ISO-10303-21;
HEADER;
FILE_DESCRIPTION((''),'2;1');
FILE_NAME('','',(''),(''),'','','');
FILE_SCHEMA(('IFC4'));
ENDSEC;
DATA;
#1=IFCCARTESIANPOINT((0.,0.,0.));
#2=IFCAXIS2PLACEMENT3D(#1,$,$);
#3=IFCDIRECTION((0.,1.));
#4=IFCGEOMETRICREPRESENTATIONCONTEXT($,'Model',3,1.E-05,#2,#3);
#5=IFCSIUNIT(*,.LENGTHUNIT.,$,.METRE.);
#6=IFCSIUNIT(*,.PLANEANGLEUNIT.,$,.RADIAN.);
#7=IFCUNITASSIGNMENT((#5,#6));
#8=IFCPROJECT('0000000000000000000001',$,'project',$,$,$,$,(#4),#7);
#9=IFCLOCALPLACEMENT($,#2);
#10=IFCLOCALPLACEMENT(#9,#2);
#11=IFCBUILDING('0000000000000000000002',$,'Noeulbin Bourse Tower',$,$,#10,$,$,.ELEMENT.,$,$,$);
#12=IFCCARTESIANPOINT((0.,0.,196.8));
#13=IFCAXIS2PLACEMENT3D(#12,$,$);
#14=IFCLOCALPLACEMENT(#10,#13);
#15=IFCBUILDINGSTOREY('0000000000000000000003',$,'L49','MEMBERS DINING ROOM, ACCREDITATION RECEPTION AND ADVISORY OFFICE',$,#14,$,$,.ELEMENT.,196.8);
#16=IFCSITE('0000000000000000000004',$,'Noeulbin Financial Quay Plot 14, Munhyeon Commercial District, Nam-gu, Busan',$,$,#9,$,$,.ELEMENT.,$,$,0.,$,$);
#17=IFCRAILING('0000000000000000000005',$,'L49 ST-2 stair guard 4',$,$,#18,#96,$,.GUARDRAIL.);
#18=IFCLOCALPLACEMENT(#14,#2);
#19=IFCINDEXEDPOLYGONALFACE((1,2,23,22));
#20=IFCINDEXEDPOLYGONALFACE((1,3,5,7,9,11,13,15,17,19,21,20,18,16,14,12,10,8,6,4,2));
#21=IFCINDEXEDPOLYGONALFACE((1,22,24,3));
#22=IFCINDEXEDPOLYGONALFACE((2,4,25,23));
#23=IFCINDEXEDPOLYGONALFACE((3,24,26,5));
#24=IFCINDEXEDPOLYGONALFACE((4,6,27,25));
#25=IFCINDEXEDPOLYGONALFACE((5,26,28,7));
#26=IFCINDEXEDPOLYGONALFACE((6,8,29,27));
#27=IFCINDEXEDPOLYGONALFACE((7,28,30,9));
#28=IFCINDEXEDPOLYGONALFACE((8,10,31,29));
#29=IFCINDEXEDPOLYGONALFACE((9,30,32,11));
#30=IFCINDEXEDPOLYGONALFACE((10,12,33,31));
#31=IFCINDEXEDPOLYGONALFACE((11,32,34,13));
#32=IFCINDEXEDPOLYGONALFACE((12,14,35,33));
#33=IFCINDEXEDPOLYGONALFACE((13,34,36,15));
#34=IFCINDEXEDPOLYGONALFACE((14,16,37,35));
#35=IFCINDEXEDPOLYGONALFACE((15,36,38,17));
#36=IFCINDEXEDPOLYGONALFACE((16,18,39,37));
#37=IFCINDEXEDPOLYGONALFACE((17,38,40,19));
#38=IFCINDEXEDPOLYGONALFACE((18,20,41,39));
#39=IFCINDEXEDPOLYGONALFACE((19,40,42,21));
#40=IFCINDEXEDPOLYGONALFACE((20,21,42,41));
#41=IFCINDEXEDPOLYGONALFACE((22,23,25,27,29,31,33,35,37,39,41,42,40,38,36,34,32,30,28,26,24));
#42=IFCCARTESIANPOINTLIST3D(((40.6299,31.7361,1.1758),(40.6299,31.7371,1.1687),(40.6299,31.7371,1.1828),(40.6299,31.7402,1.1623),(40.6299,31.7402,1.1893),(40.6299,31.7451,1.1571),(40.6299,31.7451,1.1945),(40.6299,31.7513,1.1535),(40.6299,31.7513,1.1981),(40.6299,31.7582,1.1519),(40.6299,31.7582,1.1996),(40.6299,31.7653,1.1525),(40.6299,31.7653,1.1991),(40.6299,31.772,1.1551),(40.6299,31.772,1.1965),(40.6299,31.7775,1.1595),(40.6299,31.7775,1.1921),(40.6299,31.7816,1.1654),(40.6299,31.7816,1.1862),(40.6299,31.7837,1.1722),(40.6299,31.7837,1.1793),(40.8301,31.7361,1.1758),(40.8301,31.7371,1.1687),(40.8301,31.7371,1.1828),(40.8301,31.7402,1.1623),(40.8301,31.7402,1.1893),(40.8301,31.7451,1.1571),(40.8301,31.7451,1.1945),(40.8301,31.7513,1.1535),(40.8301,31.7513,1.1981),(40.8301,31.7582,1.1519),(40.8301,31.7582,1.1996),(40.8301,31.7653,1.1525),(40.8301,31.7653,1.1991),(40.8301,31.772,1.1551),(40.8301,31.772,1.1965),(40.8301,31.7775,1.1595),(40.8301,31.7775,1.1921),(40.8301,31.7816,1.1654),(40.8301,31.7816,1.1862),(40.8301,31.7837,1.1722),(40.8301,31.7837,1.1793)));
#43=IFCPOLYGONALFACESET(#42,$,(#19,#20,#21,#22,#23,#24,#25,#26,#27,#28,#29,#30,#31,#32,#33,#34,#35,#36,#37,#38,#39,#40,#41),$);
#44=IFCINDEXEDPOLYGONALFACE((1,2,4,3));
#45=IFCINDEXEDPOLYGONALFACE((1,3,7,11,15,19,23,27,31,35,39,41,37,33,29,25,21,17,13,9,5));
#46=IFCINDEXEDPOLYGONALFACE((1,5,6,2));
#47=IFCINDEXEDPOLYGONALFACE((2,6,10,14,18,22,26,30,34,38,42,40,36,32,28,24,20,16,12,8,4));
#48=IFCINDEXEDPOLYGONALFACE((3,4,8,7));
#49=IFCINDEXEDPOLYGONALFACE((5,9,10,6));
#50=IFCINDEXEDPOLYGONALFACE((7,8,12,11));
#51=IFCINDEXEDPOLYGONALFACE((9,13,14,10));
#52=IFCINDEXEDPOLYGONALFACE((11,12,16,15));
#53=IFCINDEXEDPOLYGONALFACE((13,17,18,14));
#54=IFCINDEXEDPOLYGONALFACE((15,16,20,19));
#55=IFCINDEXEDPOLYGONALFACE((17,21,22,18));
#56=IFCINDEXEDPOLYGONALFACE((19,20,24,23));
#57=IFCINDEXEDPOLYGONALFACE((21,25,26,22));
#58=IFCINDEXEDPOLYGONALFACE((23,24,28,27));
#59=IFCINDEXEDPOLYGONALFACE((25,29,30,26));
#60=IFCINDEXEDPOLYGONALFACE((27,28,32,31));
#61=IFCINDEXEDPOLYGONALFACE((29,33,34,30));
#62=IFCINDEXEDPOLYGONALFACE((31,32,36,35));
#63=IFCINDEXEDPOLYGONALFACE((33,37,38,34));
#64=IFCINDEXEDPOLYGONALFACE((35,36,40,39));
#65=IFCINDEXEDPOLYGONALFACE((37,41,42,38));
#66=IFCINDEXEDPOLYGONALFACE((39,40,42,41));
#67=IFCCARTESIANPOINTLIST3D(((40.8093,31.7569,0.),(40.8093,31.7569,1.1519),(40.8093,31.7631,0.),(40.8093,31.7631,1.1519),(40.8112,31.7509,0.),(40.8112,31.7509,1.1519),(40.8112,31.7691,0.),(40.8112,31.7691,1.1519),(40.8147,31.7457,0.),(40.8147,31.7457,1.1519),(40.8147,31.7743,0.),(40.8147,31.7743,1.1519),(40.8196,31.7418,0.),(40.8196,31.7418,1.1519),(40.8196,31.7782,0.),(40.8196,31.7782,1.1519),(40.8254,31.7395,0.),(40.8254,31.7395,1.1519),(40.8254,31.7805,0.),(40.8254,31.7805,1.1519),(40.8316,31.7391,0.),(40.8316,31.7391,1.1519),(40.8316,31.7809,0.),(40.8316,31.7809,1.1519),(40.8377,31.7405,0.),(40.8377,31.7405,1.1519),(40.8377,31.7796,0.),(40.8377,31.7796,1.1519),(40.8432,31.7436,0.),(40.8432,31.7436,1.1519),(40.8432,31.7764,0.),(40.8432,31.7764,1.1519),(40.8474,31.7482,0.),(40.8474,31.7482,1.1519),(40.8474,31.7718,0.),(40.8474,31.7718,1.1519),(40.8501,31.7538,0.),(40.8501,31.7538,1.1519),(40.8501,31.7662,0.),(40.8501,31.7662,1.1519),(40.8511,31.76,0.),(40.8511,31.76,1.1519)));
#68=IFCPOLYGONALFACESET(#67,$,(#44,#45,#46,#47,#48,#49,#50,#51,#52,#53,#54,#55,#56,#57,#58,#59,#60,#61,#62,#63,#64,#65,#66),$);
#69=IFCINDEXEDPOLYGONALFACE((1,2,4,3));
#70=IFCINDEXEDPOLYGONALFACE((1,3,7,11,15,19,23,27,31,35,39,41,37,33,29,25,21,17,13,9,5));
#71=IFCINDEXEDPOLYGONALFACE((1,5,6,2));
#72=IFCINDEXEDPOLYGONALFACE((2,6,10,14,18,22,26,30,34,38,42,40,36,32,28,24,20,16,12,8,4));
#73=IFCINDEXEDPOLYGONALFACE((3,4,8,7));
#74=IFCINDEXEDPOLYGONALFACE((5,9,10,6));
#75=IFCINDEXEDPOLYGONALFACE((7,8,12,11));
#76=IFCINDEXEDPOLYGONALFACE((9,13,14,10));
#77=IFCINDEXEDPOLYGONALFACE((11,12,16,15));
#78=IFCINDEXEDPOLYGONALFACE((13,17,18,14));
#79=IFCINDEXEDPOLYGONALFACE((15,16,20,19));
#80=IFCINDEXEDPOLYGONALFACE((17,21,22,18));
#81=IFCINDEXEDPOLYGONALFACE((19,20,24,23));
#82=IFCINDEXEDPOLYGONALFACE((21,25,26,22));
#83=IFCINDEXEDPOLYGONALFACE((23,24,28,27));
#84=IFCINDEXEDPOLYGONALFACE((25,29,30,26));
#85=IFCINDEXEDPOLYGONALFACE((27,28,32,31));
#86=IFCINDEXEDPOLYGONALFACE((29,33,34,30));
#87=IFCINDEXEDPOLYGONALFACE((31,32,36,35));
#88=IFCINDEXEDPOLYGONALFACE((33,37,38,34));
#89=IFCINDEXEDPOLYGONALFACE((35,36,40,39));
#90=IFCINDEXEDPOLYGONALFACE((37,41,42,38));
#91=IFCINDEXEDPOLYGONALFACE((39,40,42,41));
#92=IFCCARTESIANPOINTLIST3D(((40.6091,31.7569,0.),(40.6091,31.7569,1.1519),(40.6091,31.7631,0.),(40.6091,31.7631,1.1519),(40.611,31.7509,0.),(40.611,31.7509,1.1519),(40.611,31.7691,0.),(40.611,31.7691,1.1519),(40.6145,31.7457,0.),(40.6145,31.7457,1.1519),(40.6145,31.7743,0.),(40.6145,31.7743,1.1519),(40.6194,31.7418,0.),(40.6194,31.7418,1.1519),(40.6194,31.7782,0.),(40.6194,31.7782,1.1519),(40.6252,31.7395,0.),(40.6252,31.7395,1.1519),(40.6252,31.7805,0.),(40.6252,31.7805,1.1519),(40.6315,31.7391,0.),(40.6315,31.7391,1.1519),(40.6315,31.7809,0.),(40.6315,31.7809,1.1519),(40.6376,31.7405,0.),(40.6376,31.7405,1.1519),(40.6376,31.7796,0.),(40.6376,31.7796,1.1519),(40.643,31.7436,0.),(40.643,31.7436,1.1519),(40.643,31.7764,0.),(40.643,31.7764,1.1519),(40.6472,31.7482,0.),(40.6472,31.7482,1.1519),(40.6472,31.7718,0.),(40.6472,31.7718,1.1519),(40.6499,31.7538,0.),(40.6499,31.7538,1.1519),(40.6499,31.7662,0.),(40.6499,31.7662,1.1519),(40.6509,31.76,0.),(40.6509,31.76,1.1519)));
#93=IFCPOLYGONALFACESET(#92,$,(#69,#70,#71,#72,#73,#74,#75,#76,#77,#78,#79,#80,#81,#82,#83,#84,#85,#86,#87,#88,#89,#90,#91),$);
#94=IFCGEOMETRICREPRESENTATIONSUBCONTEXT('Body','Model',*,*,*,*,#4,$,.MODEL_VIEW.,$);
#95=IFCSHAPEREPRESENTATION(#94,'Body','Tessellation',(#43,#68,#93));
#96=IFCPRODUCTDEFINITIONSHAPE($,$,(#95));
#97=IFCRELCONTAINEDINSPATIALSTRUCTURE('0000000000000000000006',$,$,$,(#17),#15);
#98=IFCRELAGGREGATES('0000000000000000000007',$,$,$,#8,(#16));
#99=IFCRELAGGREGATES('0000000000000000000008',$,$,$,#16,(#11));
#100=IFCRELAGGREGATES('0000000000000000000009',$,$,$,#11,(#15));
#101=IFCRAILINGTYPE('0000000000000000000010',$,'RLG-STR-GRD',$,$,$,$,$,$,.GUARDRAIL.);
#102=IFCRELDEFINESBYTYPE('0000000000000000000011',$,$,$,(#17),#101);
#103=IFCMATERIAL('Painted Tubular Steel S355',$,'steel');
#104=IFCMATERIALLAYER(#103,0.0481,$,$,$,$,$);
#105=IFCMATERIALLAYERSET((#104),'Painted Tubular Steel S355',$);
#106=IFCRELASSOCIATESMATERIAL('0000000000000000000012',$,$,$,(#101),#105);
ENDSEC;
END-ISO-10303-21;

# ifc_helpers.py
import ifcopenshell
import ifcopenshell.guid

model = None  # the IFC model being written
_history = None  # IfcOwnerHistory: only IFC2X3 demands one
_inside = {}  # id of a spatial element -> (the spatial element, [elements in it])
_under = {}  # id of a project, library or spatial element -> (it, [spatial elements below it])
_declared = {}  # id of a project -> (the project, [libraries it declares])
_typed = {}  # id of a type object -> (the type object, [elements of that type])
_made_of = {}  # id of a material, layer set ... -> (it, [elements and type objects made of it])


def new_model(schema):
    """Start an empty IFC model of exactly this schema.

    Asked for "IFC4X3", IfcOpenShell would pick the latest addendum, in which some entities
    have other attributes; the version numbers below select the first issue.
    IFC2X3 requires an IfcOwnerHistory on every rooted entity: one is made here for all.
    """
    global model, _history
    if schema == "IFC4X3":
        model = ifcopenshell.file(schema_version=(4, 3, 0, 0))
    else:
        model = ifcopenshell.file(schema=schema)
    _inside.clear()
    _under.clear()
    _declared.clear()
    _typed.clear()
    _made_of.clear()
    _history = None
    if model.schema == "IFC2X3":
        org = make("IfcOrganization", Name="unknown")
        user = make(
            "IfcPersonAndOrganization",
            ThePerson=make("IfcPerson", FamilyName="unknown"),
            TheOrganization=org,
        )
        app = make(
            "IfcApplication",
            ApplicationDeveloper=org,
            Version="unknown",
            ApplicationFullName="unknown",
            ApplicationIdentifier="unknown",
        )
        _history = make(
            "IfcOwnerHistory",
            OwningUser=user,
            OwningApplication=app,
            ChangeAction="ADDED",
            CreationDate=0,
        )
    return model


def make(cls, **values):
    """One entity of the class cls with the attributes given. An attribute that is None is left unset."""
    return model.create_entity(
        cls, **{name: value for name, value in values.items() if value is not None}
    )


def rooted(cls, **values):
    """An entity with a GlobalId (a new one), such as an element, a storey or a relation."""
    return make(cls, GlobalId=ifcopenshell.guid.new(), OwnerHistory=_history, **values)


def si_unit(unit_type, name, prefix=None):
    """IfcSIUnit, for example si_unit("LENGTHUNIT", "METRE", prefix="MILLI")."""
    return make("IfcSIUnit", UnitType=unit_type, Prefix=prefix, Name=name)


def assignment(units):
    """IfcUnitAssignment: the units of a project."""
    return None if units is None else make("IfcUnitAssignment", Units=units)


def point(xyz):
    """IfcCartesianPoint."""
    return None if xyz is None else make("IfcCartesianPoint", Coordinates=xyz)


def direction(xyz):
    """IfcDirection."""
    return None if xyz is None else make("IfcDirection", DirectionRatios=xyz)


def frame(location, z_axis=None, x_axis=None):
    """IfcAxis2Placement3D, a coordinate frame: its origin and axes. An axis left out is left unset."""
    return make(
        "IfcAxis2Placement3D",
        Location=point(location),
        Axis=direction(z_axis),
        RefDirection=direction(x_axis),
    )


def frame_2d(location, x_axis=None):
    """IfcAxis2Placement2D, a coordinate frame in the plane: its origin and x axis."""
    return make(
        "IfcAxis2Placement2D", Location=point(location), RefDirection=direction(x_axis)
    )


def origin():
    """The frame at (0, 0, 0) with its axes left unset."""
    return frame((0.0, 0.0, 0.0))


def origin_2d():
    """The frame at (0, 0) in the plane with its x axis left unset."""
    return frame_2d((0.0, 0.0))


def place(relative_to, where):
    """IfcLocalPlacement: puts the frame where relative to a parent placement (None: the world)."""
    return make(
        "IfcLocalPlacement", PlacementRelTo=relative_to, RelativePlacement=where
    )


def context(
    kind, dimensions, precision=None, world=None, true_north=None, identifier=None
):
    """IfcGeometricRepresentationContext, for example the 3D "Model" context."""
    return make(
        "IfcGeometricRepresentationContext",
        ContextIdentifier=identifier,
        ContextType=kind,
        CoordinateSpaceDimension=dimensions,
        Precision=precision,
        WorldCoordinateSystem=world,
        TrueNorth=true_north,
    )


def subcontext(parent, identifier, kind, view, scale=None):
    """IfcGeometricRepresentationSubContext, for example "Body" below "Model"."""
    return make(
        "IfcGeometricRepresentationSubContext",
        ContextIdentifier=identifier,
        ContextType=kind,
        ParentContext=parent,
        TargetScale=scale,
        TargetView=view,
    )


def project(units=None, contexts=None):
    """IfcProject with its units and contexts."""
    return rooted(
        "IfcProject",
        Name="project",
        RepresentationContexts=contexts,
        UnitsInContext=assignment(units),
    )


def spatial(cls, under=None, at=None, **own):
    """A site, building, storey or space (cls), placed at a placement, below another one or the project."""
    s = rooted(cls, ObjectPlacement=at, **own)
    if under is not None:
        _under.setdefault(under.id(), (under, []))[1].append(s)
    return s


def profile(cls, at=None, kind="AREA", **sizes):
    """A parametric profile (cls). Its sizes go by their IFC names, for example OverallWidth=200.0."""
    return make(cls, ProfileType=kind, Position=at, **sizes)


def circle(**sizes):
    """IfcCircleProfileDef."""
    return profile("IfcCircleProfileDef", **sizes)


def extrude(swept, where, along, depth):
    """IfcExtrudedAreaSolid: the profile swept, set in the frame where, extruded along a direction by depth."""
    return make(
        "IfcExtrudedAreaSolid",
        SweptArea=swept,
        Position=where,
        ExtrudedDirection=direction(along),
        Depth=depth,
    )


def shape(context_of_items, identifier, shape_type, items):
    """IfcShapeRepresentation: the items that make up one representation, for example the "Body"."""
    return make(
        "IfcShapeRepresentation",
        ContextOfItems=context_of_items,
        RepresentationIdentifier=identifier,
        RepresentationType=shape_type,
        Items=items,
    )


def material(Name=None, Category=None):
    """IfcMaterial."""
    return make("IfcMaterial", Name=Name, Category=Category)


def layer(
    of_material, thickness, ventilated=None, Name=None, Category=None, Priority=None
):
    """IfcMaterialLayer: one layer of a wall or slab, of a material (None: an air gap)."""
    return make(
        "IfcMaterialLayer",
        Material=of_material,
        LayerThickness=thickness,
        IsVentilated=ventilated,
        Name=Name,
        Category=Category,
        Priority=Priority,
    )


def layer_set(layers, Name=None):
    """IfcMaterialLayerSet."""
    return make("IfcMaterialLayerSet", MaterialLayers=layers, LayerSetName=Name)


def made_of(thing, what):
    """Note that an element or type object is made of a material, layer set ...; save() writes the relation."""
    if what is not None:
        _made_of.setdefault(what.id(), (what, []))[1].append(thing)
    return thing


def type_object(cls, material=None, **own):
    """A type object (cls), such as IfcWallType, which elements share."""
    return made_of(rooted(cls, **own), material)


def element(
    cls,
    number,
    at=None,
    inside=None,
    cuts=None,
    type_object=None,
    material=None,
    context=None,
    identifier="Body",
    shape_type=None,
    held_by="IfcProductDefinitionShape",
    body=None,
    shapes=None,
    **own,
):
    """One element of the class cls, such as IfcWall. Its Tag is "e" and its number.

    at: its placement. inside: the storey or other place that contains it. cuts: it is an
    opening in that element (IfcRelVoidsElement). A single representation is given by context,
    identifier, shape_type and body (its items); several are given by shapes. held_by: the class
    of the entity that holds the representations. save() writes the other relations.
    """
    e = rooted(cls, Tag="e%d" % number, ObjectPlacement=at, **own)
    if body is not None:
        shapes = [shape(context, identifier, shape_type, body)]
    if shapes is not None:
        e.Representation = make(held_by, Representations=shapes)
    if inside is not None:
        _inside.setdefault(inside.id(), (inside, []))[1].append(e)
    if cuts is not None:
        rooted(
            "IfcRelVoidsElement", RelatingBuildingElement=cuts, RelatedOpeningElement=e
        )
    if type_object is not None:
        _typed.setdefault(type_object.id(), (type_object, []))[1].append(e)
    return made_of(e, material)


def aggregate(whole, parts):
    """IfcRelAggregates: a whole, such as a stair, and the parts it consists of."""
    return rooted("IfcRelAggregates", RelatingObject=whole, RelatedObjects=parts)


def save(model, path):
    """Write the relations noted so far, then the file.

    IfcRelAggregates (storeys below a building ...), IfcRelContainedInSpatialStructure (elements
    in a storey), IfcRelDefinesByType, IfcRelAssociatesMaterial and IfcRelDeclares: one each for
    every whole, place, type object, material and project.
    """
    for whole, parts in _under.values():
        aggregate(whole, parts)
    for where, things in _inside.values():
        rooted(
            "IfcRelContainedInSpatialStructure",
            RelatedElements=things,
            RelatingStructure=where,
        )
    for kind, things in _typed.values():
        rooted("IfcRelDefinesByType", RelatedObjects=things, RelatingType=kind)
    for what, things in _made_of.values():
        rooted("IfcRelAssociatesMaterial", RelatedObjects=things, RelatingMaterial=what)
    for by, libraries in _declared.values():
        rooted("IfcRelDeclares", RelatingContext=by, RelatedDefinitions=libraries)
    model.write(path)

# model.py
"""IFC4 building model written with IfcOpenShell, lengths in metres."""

from ifc_helpers import new_model, si_unit, direction, frame, origin, origin_2d, place, context, subcontext, project, spatial, circle, extrude, material, layer, layer_set, type_object, element, save


model = new_model("IFC4")

# Units and contexts
model_context = context("Model", 3, precision=1e-05, world=origin(), true_north=direction((0.0, 1.0)))
body_context = subcontext(model_context, "Body", "Model", "MODEL_VIEW")
ifc_project = project(units=[si_unit("LENGTHUNIT", "METRE"), si_unit("PLANEANGLEUNIT", "RADIAN")], contexts=[model_context])

# Site, building, storey
site_placement = place(None, origin())
site = spatial("IfcSite", under=ifc_project, at=site_placement, Name="Noeulbin Financial Quay Plot 14, Munhyeon Commercial District, Nam-gu, Busan", CompositionType="ELEMENT", RefElevation=0.0)
building_placement = place(site_placement, origin())
building = spatial("IfcBuilding", under=site, at=building_placement, Name="Noeulbin Bourse Tower", CompositionType="ELEMENT")
storey_placement = place(building_placement, frame((0.0, 0.0, 196.8)))
storey = spatial("IfcBuildingStorey", under=building, at=storey_placement, Name="L49", Description="MEMBERS DINING ROOM, ACCREDITATION RECEPTION AND ADVISORY OFFICE", CompositionType="ELEMENT", Elevation=196.8)

# Railing
ifc_material_1 = material(Name="Painted Tubular Steel S355", Category="steel")
ifc_layer_1 = layer(ifc_material_1, 0.0481)
ifc_layer_set_1 = layer_set([ifc_layer_1], Name="Painted Tubular Steel S355")
railing_type_1 = type_object("IfcRailingType", Name="RLG-STR-GRD", PredefinedType="GUARDRAIL", material=ifc_layer_set_1)
railing_1_placement = place(storey_placement, frame((40.8301, 31.76, 0.0)))
element("IfcRailing", 1, at=railing_1_placement, inside=storey, type_object=railing_type_1, Name="L49 ST-2 stair guard 4", PredefinedType="GUARDRAIL", context=body_context, shape_type="SweptSolid", body=[
    extrude(circle(Radius=0.0239, at=origin_2d()), frame((0.0, 0.0, 1.1758), z_axis=(-1.0, 0.0, 0.0), x_axis=(0.0, -1.0, 0.0)), (0.0, 0.0, 1.0), 0.2002),
    extrude(circle(Radius=0.021, at=origin_2d()), origin(), (0.0, 0.0, 1.0), 1.1519),
    extrude(circle(Radius=0.021, at=origin_2d()), frame((-0.2002, 0.0, 0.0)), (0.0, 0.0, 1.0), 1.1519),
])

save(model, "model.ifc")
